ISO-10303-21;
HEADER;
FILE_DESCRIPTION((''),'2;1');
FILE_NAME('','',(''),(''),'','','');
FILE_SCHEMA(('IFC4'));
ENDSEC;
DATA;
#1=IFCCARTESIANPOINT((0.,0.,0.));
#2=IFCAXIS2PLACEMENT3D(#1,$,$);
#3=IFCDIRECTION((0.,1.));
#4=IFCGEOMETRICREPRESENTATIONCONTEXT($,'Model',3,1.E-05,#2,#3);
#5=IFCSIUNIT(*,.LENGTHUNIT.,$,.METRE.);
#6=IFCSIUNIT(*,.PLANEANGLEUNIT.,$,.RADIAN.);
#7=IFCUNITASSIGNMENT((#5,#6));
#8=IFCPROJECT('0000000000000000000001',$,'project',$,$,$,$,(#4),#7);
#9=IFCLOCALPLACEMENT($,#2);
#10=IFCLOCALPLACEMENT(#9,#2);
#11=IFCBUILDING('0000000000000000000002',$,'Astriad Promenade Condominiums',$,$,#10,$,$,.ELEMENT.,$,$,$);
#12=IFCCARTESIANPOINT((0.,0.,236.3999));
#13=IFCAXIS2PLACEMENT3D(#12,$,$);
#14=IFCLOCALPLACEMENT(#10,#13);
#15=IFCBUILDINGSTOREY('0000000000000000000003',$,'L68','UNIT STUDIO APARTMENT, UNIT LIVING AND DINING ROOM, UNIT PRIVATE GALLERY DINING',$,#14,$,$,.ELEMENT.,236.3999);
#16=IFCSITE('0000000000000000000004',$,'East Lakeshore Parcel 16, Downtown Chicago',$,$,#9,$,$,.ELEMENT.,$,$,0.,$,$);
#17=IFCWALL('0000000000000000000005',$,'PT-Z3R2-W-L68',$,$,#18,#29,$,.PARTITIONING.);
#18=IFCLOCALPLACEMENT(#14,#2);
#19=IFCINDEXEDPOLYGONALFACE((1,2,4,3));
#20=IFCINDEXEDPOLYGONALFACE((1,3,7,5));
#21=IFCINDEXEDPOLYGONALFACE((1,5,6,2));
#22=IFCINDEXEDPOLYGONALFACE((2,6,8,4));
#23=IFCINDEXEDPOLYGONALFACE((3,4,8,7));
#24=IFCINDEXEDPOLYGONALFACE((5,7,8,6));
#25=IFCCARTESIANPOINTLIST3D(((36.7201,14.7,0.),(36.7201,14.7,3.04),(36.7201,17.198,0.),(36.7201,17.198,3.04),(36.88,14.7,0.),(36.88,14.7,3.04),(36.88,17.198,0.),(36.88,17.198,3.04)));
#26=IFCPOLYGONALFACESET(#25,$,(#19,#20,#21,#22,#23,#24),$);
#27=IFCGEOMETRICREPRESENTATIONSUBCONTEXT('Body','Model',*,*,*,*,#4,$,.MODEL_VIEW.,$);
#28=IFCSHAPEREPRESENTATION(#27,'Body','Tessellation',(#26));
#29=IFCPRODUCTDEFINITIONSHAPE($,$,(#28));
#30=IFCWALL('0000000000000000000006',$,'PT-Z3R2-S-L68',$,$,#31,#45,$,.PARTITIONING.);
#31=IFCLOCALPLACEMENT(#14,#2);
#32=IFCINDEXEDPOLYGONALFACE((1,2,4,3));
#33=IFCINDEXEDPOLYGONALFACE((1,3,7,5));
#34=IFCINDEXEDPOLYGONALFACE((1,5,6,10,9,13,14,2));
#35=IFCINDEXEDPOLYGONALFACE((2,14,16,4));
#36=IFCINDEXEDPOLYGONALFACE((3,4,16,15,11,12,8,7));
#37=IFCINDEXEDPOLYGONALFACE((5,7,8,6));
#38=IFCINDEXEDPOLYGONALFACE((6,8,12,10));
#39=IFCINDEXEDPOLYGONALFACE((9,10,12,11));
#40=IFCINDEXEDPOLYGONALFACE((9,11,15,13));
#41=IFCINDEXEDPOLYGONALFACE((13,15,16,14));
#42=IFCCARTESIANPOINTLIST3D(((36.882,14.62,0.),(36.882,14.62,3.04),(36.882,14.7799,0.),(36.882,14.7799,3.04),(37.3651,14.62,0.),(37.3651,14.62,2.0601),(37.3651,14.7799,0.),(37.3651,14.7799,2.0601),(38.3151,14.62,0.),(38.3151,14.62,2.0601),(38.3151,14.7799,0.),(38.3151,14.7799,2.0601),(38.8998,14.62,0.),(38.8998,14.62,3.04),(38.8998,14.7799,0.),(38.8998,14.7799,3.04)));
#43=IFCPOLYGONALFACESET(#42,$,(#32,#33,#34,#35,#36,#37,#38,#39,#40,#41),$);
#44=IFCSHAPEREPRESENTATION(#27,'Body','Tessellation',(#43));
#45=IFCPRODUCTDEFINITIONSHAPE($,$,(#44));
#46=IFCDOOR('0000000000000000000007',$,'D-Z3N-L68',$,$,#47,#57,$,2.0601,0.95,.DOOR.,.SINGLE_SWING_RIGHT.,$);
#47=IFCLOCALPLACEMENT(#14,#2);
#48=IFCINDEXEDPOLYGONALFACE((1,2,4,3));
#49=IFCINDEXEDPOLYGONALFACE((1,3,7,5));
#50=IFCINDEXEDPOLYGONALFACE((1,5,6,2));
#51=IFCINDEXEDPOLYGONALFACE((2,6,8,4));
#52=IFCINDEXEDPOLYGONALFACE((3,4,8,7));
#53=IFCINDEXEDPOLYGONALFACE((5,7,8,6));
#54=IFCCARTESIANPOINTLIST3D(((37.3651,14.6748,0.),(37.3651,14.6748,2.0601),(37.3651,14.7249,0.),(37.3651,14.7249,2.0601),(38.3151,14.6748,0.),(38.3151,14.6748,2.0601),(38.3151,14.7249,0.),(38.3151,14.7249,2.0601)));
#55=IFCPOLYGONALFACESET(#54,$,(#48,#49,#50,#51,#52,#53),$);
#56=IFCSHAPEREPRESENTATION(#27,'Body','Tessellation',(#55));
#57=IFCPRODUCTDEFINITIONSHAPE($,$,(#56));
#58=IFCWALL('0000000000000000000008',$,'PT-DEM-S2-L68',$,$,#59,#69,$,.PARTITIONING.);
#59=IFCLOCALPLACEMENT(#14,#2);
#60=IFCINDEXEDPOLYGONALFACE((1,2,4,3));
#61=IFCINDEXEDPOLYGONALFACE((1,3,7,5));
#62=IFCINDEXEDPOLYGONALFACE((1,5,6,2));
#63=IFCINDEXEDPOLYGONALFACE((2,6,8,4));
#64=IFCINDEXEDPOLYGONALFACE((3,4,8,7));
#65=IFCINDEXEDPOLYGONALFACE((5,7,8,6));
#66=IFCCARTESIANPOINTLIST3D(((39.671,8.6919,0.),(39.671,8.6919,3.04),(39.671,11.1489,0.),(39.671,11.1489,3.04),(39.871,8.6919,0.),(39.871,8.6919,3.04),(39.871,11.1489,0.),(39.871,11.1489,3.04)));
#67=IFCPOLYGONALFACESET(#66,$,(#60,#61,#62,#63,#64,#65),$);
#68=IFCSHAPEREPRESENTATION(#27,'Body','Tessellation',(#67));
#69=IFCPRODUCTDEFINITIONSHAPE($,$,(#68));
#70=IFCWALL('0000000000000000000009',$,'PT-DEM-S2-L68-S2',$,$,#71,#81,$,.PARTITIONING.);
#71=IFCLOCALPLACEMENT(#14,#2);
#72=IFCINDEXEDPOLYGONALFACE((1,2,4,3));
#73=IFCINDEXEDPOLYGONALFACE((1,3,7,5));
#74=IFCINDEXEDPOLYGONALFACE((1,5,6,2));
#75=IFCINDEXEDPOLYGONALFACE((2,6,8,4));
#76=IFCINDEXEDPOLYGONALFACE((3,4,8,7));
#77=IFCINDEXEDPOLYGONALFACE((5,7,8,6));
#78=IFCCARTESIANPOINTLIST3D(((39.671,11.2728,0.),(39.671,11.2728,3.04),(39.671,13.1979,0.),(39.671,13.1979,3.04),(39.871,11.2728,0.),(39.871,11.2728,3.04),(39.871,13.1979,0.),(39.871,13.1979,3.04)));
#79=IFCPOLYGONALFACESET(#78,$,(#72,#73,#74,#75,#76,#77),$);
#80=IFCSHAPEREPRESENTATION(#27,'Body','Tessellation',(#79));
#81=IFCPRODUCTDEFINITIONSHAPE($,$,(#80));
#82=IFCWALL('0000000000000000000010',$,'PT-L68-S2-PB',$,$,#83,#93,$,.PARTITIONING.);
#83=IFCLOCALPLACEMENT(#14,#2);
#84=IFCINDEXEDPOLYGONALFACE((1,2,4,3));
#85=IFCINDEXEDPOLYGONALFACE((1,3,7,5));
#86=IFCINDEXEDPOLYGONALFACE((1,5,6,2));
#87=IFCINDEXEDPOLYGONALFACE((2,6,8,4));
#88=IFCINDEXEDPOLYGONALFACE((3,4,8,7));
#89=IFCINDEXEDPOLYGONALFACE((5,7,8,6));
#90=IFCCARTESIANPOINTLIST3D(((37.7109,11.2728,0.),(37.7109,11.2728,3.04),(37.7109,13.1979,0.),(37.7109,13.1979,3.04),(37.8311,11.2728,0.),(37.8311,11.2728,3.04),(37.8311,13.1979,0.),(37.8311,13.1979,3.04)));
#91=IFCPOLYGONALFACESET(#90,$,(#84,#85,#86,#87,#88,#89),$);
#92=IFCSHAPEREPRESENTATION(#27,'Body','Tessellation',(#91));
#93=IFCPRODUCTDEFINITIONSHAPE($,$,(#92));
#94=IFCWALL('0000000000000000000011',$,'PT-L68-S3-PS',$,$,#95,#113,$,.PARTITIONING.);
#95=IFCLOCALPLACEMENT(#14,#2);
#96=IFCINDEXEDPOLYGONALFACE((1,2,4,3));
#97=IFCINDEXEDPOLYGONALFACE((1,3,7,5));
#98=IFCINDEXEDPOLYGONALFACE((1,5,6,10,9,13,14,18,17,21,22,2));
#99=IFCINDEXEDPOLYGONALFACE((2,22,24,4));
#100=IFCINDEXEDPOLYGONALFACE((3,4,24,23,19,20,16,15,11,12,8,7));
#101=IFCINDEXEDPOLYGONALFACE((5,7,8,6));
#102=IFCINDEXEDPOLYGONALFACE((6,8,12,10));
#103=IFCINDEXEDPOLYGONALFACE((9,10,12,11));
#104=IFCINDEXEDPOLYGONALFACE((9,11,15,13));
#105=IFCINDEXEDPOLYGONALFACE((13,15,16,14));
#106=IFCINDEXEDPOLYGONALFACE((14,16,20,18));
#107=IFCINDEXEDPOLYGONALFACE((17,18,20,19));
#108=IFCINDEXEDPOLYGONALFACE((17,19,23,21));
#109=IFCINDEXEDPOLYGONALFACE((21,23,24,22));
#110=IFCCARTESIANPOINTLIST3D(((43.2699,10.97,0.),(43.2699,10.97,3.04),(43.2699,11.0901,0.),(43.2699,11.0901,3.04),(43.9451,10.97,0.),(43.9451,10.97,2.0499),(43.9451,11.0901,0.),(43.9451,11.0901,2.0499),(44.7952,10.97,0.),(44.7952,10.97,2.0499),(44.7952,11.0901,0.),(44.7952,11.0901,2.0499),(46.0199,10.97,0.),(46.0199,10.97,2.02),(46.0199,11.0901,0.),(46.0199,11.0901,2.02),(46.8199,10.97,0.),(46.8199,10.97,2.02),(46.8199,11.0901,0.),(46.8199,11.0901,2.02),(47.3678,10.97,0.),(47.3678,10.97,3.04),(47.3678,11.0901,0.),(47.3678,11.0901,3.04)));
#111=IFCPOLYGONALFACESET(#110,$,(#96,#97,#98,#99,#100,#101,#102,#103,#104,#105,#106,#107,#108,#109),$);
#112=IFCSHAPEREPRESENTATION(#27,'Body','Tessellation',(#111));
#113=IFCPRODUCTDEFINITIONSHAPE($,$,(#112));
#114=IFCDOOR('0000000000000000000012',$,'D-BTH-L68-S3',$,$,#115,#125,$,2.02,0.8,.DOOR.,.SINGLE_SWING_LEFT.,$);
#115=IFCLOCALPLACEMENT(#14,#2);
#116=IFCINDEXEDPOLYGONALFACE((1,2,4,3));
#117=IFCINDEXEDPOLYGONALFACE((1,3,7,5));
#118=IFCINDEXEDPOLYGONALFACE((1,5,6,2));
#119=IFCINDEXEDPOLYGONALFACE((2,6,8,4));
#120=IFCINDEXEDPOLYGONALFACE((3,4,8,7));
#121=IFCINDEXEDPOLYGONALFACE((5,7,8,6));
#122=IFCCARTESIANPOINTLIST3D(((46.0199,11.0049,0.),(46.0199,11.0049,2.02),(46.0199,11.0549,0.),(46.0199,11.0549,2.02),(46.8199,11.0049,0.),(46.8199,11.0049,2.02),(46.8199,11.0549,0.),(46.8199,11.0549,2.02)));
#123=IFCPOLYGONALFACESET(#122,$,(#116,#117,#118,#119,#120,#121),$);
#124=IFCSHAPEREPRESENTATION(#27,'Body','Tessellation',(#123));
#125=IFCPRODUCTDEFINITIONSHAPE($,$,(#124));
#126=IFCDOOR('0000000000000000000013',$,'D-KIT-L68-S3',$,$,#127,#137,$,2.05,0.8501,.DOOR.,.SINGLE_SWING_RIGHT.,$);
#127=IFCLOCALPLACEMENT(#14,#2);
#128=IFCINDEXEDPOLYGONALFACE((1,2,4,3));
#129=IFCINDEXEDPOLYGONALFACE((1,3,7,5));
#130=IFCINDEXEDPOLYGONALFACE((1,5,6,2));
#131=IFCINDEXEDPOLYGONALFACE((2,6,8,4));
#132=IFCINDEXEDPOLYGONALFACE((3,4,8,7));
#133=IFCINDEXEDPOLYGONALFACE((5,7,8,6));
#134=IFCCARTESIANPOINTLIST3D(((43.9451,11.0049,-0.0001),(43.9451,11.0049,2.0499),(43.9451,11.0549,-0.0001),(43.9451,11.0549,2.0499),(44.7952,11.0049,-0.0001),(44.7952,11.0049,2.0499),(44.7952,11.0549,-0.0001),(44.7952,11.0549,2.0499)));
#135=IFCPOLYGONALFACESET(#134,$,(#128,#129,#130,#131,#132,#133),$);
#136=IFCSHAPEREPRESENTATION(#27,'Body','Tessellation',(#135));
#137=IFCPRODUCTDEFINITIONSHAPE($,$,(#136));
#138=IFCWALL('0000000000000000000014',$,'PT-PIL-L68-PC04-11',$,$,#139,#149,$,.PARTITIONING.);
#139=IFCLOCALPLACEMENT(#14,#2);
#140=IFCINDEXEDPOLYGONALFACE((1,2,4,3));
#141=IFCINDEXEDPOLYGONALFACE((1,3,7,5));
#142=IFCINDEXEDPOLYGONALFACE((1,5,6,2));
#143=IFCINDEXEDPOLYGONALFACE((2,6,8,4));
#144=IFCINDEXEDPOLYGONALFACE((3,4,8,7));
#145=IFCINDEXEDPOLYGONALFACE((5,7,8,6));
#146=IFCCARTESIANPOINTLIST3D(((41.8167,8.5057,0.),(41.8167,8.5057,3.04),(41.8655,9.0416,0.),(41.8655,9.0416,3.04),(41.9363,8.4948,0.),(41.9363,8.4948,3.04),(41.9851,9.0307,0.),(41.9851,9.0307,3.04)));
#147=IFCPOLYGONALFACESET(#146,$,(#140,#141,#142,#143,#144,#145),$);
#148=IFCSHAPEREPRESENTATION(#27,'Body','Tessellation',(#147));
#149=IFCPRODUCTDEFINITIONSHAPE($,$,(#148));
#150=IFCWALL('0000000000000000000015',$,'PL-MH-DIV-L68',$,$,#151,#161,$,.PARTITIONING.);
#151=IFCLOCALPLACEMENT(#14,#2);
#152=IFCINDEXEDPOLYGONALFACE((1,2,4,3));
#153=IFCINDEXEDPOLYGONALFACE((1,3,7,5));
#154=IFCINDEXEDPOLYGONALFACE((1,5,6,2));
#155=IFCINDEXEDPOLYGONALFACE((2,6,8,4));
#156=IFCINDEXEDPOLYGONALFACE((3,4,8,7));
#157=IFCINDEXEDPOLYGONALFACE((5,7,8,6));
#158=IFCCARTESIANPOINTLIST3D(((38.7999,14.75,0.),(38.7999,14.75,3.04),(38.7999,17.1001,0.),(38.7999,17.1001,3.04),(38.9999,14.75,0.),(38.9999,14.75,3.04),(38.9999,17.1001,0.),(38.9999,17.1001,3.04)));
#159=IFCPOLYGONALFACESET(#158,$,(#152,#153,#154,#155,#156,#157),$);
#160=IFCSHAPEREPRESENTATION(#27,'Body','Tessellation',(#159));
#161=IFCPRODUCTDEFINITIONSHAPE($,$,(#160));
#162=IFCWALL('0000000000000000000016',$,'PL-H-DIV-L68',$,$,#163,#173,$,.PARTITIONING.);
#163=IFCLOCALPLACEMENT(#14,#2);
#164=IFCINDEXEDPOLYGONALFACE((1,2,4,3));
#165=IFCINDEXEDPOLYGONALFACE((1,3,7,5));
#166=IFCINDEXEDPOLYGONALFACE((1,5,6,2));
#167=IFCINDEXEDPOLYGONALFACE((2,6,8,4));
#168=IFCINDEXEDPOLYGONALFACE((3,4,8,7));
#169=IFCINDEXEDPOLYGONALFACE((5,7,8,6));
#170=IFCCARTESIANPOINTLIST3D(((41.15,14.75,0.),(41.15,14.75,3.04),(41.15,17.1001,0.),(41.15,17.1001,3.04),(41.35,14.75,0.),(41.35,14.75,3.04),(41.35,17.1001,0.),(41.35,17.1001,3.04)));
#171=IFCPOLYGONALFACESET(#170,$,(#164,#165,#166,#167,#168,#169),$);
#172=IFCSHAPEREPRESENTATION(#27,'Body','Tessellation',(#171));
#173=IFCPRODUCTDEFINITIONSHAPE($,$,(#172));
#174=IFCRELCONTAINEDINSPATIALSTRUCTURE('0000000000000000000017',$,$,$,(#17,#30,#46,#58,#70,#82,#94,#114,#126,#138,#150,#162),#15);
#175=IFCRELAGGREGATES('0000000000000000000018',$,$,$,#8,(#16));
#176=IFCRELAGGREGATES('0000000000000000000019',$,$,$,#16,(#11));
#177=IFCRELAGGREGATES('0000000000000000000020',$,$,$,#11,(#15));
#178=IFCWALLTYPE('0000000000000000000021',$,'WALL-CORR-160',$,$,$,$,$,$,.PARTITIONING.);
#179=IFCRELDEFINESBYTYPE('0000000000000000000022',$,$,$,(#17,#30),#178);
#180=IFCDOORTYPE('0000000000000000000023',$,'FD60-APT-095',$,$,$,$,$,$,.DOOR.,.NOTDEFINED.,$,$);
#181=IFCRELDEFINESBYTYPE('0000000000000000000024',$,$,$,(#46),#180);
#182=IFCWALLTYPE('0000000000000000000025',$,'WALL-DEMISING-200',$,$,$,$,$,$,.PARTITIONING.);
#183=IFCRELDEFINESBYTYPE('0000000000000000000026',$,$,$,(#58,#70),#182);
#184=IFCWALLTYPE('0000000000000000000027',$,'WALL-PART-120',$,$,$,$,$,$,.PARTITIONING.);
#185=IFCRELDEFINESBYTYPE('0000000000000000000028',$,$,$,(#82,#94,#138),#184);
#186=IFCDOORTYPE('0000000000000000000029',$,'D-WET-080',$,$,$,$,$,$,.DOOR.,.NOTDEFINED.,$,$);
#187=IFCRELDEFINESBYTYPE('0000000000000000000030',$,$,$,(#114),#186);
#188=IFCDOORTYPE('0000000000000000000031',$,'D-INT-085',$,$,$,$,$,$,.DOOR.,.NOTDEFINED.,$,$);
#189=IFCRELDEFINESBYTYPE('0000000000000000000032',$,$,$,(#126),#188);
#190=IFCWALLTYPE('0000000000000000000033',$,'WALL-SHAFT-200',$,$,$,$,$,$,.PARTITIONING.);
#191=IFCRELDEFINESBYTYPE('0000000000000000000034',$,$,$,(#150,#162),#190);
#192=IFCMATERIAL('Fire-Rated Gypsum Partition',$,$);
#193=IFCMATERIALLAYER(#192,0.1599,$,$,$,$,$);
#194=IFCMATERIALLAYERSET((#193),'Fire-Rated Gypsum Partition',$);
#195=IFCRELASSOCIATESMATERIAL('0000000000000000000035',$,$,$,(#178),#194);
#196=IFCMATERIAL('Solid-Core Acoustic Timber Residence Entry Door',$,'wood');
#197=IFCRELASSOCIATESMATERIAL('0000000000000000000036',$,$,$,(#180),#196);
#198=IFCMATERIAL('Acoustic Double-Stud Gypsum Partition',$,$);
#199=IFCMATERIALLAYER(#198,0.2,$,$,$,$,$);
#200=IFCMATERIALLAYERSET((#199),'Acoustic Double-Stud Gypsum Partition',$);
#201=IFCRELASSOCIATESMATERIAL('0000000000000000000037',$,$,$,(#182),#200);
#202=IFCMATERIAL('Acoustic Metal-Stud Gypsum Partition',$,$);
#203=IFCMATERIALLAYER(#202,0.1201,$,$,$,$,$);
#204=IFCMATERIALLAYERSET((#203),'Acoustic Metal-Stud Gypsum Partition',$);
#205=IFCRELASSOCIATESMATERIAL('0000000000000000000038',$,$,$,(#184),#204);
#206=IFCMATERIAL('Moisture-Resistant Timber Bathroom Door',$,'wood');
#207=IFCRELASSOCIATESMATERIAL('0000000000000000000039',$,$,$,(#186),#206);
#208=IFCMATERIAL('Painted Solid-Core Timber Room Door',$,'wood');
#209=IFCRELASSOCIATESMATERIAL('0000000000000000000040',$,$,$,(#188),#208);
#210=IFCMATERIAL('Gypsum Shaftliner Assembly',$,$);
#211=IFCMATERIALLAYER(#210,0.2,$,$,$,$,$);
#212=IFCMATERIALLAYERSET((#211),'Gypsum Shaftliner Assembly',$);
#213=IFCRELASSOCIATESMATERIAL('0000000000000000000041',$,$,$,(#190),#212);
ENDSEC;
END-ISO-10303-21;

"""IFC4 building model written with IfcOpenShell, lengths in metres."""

from ifc_helpers import new_model, si_unit, direction, frame, frame_2d, origin, place, context, subcontext, project, spatial, rectangle, extrude, source, transform, mapped, material, layer, layer_set, type_object, type_shapes, element, fill, save


model = new_model("IFC4")

# Units and contexts
model_context = context("Model", 3, precision=1e-05, world=origin(), true_north=direction((0.0, 1.0)))
body_context = subcontext(model_context, "Body", "Model", "MODEL_VIEW")
ifc_project = project(units=[si_unit("LENGTHUNIT", "METRE"), si_unit("PLANEANGLEUNIT", "RADIAN")], contexts=[model_context])

# Site, building, storey
site_placement = place(None, origin())
site = spatial("IfcSite", under=ifc_project, at=site_placement, Name="East Lakeshore Parcel 16, Downtown Chicago", CompositionType="ELEMENT", RefElevation=0.0)
building_placement = place(site_placement, origin())
building = spatial("IfcBuilding", under=site, at=building_placement, Name="Astriad Promenade Condominiums", CompositionType="ELEMENT")
storey_placement = place(building_placement, frame((0.0, 0.0, 236.3999)))
storey = spatial("IfcBuildingStorey", under=building, at=storey_placement, Name="L68", Description="UNIT STUDIO APARTMENT, UNIT LIVING AND DINING ROOM, UNIT PRIVATE GALLERY DINING", CompositionType="ELEMENT", Elevation=236.3999)

# Wall
ifc_material_1 = material(Name="Fire-Rated Gypsum Partition")
ifc_layer_1 = layer(ifc_material_1, 0.1599)
ifc_layer_set_1 = layer_set([ifc_layer_1], Name="Fire-Rated Gypsum Partition")
wall_type_1 = type_object("IfcWallType", Name="WALL-CORR-160", PredefinedType="PARTITIONING", material=ifc_layer_set_1)
wall_1_placement = place(storey_placement, frame((36.8, 14.7, 0.0), z_axis=(0.0, 0.0, 1.0), x_axis=(0.0, 1.0, 0.0)))
element("IfcWall", 1, at=wall_1_placement, inside=storey, type_object=wall_type_1, Name="PT-Z3R2-W-L68", PredefinedType="PARTITIONING", context=body_context, shape_type="SweptSolid", body=[
    extrude(rectangle(XDim=2.498, YDim=0.1599, at=frame_2d((1.249, 0.0))), origin(), (0.0, 0.0, 1.0), 3.04),
])

# Wall, opening, door
wall_2_placement = place(storey_placement, frame((36.8821, 14.7, 0.0), z_axis=(0.0, 0.0, 1.0), x_axis=(1.0, 0.0, 0.0)))
wall_2 = element("IfcWall", 2, at=wall_2_placement, inside=storey, type_object=wall_type_1, Name="PT-Z3R2-S-L68", PredefinedType="PARTITIONING", context=body_context, shape_type="SweptSolid", body=[
    extrude(rectangle(XDim=2.0178, YDim=0.1599, at=frame_2d((1.0088, 0.0))), origin(), (0.0, 0.0, 1.0), 3.04),
])
opening_1_placement = place(wall_2_placement, frame((0.4829, 0.0, 0.0)))
opening_1 = element("IfcOpeningElement", 3, at=opening_1_placement, cuts=wall_2, PredefinedType="OPENING", context=body_context, shape_type="SweptSolid", body=[
    extrude(rectangle(XDim=0.95, YDim=2.0601, at=frame_2d((0.4751, 1.03))), frame((0.0, 0.0898, 0.0), z_axis=(0.0, -1.0, 0.0), x_axis=(1.0, 0.0, 0.0)), (0.0, 0.0, 1.0), 0.1799),
])
ifc_material_2 = material(Name="Solid-Core Acoustic Timber Residence Entry Door", Category="wood")
door_type_1 = type_object("IfcDoorType", Name="FD60-APT-095", OperationType="NOTDEFINED", PredefinedType="DOOR", material=ifc_material_2)
shared_shape_1 = source(origin(), body_context, "Body", "SweptSolid", [
    extrude(rectangle(XDim=0.95, YDim=2.0601, at=frame_2d((0.4751, 1.03))), frame((0.0, 0.0249, 0.0), z_axis=(0.0, -1.0, 0.0), x_axis=(1.0, 0.0, 0.0)), (0.0, 0.0, 1.0), 0.05),
])
type_shapes(door_type_1, [shared_shape_1])
door_1_placement = place(opening_1_placement, origin())
door_1 = element("IfcDoor", 4, at=door_1_placement, inside=storey, type_object=door_type_1, Name="D-Z3N-L68", OperationType="SINGLE_SWING_RIGHT", OverallHeight=2.0601, OverallWidth=0.95, PredefinedType="DOOR", context=body_context, shape_type="MappedRepresentation", body=[
    mapped(shared_shape_1, transform((0.0, 0.0, 0.0), scale=1.0)),
])
fill(opening_1, door_1)

# Walls
ifc_material_3 = material(Name="Acoustic Double-Stud Gypsum Partition")
ifc_layer_2 = layer(ifc_material_3, 0.2)
ifc_layer_set_2 = layer_set([ifc_layer_2], Name="Acoustic Double-Stud Gypsum Partition")
wall_type_2 = type_object("IfcWallType", Name="WALL-DEMISING-200", PredefinedType="PARTITIONING", material=ifc_layer_set_2)
wall_3_placement = place(storey_placement, frame((39.771, 8.6919, 0.0), z_axis=(0.0, 0.0, 1.0), x_axis=(0.0, 1.0, 0.0)))
element("IfcWall", 5, at=wall_3_placement, inside=storey, type_object=wall_type_2, Name="PT-DEM-S2-L68", PredefinedType="PARTITIONING", context=body_context, shape_type="SweptSolid", body=[
    extrude(rectangle(XDim=2.457, YDim=0.2, at=frame_2d((1.2285, 0.0))), origin(), (0.0, 0.0, 1.0), 3.04),
])
wall_4_placement = place(storey_placement, frame((39.771, 11.2729, 0.0), z_axis=(0.0, 0.0, 1.0), x_axis=(0.0, 1.0, 0.0)))
element("IfcWall", 6, at=wall_4_placement, inside=storey, type_object=wall_type_2, Name="PT-DEM-S2-L68-S2", PredefinedType="PARTITIONING", context=body_context, shape_type="SweptSolid", body=[
    extrude(rectangle(XDim=1.925, YDim=0.2, at=frame_2d((0.9624, 0.0))), origin(), (0.0, 0.0, 1.0), 3.04),
])
ifc_material_4 = material(Name="Acoustic Metal-Stud Gypsum Partition")
ifc_layer_3 = layer(ifc_material_4, 0.1201)
ifc_layer_set_3 = layer_set([ifc_layer_3], Name="Acoustic Metal-Stud Gypsum Partition")
wall_type_3 = type_object("IfcWallType", Name="WALL-PART-120", PredefinedType="PARTITIONING", material=ifc_layer_set_3)
wall_5_placement = place(storey_placement, frame((37.771, 11.2729, 0.0), z_axis=(0.0, 0.0, 1.0), x_axis=(0.0, 1.0, 0.0)))
element("IfcWall", 7, at=wall_5_placement, inside=storey, type_object=wall_type_3, Name="PT-L68-S2-PB", PredefinedType="PARTITIONING", context=body_context, shape_type="SweptSolid", body=[
    extrude(rectangle(XDim=1.925, YDim=0.1201, at=frame_2d((0.9624, 0.0))), origin(), (0.0, 0.0, 1.0), 3.04),
])

# Wall, openings, doors
wall_6_placement = place(storey_placement, frame((43.27, 11.03, 0.0), z_axis=(0.0, 0.0, 1.0), x_axis=(1.0, 0.0, 0.0)))
wall_6 = element("IfcWall", 8, at=wall_6_placement, inside=storey, type_object=wall_type_3, Name="PT-L68-S3-PS", PredefinedType="PARTITIONING", context=body_context, shape_type="SweptSolid", body=[
    extrude(rectangle(XDim=4.0979, YDim=0.1201, at=frame_2d((2.0488, 0.0))), origin(), (0.0, 0.0, 1.0), 3.04),
])
opening_2_placement = place(wall_6_placement, frame((0.675, 0.0, 0.0)))
opening_2 = element("IfcOpeningElement", 9, at=opening_2_placement, cuts=wall_6, PredefinedType="OPENING", context=body_context, shape_type="SweptSolid", body=[
    extrude(rectangle(XDim=0.8501, YDim=2.05, at=frame_2d((0.425, 1.0249))), frame((0.0, 0.0701, 0.0), z_axis=(0.0, -1.0, 0.0), x_axis=(1.0, 0.0, 0.0)), (0.0, 0.0, 1.0), 0.1401),
])
opening_3_placement = place(wall_6_placement, frame((2.75, 0.0, 0.0)))
opening_3 = element("IfcOpeningElement", 10, at=opening_3_placement, cuts=wall_6, PredefinedType="OPENING", context=body_context, shape_type="SweptSolid", body=[
    extrude(rectangle(XDim=0.8, YDim=2.02, at=frame_2d((0.3999, 1.01))), frame((0.0, 0.0701, 0.0), z_axis=(0.0, -1.0, 0.0), x_axis=(1.0, 0.0, 0.0)), (0.0, 0.0, 1.0), 0.1401),
])
ifc_material_5 = material(Name="Moisture-Resistant Timber Bathroom Door", Category="wood")
door_type_2 = type_object("IfcDoorType", Name="D-WET-080", OperationType="NOTDEFINED", PredefinedType="DOOR", material=ifc_material_5)
shared_shape_2 = source(origin(), body_context, "Body", "SweptSolid", [
    extrude(rectangle(XDim=0.8, YDim=2.02, at=frame_2d((0.3999, 1.01))), frame((0.0, 0.0249, 0.0), z_axis=(0.0, -1.0, 0.0), x_axis=(1.0, 0.0, 0.0)), (0.0, 0.0, 1.0), 0.05),
])
type_shapes(door_type_2, [shared_shape_2])
door_2_placement = place(opening_3_placement, origin())
door_2 = element("IfcDoor", 11, at=door_2_placement, inside=storey, type_object=door_type_2, Name="D-BTH-L68-S3", OperationType="SINGLE_SWING_LEFT", OverallHeight=2.02, OverallWidth=0.8, PredefinedType="DOOR", context=body_context, shape_type="MappedRepresentation", body=[
    mapped(shared_shape_2, transform((0.0, 0.0, 0.0), scale=1.0)),
])
fill(opening_3, door_2)
ifc_material_6 = material(Name="Painted Solid-Core Timber Room Door", Category="wood")
door_type_3 = type_object("IfcDoorType", Name="D-INT-085", OperationType="NOTDEFINED", PredefinedType="DOOR", material=ifc_material_6)
shared_shape_3 = source(origin(), body_context, "Body", "SweptSolid", [
    extrude(rectangle(XDim=0.8501, YDim=2.05, at=frame_2d((0.425, 1.0249))), frame((0.0, 0.0249, 0.0), z_axis=(0.0, -1.0, 0.0), x_axis=(1.0, 0.0, 0.0)), (0.0, 0.0, 1.0), 0.05),
])
type_shapes(door_type_3, [shared_shape_3])
door_3_placement = place(opening_2_placement, origin())
door_3 = element("IfcDoor", 12, at=door_3_placement, inside=storey, type_object=door_type_3, Name="D-KIT-L68-S3", OperationType="SINGLE_SWING_RIGHT", OverallHeight=2.05, OverallWidth=0.8501, PredefinedType="DOOR", context=body_context, shape_type="MappedRepresentation", body=[
    mapped(shared_shape_3, transform((0.0, 0.0, 0.0), scale=1.0)),
])
fill(opening_2, door_3)

# Walls
wall_7_placement = place(storey_placement, frame((41.9253, 9.0361, 0.0), z_axis=(0.0, 0.0, 1.0), x_axis=(-0.09074, -0.995875, 0.0)))
element("IfcWall", 13, at=wall_7_placement, inside=storey, type_object=wall_type_3, Name="PT-PIL-L68-PC04-11", PredefinedType="PARTITIONING", context=body_context, shape_type="SweptSolid", body=[
    extrude(rectangle(XDim=0.5381, YDim=0.1201, at=frame_2d((0.269, 0.0))), origin(), (0.0, 0.0, 1.0), 3.04),
])
ifc_material_7 = material(Name="Gypsum Shaftliner Assembly")
ifc_layer_4 = layer(ifc_material_7, 0.2)
ifc_layer_set_4 = layer_set([ifc_layer_4], Name="Gypsum Shaftliner Assembly")
wall_type_4 = type_object("IfcWallType", Name="WALL-SHAFT-200", PredefinedType="PARTITIONING", material=ifc_layer_set_4)
for number, where, z_axis, x_axis, name in (
    (14, (38.8999, 14.75, 0.0), (0.0, 0.0, 1.0), (0.0, 1.0, 0.0), "PL-MH-DIV-L68"),
    (15, (41.25, 14.75, 0.0), (0.0, 0.0, 1.0), (0.0, 1.0, 0.0), "PL-H-DIV-L68"),
):
    element("IfcWall", number, at=place(storey_placement, frame(where, z_axis=z_axis, x_axis=x_axis)), inside=storey, type_object=wall_type_4, Name=name, PredefinedType="PARTITIONING", context=body_context, shape_type="SweptSolid", body=[
        extrude(rectangle(XDim=2.3501, YDim=0.2, at=frame_2d((1.175, 0.0))), origin(), (0.0, 0.0, 1.0), 3.04),
    ])

save(model, "model.ifc")
